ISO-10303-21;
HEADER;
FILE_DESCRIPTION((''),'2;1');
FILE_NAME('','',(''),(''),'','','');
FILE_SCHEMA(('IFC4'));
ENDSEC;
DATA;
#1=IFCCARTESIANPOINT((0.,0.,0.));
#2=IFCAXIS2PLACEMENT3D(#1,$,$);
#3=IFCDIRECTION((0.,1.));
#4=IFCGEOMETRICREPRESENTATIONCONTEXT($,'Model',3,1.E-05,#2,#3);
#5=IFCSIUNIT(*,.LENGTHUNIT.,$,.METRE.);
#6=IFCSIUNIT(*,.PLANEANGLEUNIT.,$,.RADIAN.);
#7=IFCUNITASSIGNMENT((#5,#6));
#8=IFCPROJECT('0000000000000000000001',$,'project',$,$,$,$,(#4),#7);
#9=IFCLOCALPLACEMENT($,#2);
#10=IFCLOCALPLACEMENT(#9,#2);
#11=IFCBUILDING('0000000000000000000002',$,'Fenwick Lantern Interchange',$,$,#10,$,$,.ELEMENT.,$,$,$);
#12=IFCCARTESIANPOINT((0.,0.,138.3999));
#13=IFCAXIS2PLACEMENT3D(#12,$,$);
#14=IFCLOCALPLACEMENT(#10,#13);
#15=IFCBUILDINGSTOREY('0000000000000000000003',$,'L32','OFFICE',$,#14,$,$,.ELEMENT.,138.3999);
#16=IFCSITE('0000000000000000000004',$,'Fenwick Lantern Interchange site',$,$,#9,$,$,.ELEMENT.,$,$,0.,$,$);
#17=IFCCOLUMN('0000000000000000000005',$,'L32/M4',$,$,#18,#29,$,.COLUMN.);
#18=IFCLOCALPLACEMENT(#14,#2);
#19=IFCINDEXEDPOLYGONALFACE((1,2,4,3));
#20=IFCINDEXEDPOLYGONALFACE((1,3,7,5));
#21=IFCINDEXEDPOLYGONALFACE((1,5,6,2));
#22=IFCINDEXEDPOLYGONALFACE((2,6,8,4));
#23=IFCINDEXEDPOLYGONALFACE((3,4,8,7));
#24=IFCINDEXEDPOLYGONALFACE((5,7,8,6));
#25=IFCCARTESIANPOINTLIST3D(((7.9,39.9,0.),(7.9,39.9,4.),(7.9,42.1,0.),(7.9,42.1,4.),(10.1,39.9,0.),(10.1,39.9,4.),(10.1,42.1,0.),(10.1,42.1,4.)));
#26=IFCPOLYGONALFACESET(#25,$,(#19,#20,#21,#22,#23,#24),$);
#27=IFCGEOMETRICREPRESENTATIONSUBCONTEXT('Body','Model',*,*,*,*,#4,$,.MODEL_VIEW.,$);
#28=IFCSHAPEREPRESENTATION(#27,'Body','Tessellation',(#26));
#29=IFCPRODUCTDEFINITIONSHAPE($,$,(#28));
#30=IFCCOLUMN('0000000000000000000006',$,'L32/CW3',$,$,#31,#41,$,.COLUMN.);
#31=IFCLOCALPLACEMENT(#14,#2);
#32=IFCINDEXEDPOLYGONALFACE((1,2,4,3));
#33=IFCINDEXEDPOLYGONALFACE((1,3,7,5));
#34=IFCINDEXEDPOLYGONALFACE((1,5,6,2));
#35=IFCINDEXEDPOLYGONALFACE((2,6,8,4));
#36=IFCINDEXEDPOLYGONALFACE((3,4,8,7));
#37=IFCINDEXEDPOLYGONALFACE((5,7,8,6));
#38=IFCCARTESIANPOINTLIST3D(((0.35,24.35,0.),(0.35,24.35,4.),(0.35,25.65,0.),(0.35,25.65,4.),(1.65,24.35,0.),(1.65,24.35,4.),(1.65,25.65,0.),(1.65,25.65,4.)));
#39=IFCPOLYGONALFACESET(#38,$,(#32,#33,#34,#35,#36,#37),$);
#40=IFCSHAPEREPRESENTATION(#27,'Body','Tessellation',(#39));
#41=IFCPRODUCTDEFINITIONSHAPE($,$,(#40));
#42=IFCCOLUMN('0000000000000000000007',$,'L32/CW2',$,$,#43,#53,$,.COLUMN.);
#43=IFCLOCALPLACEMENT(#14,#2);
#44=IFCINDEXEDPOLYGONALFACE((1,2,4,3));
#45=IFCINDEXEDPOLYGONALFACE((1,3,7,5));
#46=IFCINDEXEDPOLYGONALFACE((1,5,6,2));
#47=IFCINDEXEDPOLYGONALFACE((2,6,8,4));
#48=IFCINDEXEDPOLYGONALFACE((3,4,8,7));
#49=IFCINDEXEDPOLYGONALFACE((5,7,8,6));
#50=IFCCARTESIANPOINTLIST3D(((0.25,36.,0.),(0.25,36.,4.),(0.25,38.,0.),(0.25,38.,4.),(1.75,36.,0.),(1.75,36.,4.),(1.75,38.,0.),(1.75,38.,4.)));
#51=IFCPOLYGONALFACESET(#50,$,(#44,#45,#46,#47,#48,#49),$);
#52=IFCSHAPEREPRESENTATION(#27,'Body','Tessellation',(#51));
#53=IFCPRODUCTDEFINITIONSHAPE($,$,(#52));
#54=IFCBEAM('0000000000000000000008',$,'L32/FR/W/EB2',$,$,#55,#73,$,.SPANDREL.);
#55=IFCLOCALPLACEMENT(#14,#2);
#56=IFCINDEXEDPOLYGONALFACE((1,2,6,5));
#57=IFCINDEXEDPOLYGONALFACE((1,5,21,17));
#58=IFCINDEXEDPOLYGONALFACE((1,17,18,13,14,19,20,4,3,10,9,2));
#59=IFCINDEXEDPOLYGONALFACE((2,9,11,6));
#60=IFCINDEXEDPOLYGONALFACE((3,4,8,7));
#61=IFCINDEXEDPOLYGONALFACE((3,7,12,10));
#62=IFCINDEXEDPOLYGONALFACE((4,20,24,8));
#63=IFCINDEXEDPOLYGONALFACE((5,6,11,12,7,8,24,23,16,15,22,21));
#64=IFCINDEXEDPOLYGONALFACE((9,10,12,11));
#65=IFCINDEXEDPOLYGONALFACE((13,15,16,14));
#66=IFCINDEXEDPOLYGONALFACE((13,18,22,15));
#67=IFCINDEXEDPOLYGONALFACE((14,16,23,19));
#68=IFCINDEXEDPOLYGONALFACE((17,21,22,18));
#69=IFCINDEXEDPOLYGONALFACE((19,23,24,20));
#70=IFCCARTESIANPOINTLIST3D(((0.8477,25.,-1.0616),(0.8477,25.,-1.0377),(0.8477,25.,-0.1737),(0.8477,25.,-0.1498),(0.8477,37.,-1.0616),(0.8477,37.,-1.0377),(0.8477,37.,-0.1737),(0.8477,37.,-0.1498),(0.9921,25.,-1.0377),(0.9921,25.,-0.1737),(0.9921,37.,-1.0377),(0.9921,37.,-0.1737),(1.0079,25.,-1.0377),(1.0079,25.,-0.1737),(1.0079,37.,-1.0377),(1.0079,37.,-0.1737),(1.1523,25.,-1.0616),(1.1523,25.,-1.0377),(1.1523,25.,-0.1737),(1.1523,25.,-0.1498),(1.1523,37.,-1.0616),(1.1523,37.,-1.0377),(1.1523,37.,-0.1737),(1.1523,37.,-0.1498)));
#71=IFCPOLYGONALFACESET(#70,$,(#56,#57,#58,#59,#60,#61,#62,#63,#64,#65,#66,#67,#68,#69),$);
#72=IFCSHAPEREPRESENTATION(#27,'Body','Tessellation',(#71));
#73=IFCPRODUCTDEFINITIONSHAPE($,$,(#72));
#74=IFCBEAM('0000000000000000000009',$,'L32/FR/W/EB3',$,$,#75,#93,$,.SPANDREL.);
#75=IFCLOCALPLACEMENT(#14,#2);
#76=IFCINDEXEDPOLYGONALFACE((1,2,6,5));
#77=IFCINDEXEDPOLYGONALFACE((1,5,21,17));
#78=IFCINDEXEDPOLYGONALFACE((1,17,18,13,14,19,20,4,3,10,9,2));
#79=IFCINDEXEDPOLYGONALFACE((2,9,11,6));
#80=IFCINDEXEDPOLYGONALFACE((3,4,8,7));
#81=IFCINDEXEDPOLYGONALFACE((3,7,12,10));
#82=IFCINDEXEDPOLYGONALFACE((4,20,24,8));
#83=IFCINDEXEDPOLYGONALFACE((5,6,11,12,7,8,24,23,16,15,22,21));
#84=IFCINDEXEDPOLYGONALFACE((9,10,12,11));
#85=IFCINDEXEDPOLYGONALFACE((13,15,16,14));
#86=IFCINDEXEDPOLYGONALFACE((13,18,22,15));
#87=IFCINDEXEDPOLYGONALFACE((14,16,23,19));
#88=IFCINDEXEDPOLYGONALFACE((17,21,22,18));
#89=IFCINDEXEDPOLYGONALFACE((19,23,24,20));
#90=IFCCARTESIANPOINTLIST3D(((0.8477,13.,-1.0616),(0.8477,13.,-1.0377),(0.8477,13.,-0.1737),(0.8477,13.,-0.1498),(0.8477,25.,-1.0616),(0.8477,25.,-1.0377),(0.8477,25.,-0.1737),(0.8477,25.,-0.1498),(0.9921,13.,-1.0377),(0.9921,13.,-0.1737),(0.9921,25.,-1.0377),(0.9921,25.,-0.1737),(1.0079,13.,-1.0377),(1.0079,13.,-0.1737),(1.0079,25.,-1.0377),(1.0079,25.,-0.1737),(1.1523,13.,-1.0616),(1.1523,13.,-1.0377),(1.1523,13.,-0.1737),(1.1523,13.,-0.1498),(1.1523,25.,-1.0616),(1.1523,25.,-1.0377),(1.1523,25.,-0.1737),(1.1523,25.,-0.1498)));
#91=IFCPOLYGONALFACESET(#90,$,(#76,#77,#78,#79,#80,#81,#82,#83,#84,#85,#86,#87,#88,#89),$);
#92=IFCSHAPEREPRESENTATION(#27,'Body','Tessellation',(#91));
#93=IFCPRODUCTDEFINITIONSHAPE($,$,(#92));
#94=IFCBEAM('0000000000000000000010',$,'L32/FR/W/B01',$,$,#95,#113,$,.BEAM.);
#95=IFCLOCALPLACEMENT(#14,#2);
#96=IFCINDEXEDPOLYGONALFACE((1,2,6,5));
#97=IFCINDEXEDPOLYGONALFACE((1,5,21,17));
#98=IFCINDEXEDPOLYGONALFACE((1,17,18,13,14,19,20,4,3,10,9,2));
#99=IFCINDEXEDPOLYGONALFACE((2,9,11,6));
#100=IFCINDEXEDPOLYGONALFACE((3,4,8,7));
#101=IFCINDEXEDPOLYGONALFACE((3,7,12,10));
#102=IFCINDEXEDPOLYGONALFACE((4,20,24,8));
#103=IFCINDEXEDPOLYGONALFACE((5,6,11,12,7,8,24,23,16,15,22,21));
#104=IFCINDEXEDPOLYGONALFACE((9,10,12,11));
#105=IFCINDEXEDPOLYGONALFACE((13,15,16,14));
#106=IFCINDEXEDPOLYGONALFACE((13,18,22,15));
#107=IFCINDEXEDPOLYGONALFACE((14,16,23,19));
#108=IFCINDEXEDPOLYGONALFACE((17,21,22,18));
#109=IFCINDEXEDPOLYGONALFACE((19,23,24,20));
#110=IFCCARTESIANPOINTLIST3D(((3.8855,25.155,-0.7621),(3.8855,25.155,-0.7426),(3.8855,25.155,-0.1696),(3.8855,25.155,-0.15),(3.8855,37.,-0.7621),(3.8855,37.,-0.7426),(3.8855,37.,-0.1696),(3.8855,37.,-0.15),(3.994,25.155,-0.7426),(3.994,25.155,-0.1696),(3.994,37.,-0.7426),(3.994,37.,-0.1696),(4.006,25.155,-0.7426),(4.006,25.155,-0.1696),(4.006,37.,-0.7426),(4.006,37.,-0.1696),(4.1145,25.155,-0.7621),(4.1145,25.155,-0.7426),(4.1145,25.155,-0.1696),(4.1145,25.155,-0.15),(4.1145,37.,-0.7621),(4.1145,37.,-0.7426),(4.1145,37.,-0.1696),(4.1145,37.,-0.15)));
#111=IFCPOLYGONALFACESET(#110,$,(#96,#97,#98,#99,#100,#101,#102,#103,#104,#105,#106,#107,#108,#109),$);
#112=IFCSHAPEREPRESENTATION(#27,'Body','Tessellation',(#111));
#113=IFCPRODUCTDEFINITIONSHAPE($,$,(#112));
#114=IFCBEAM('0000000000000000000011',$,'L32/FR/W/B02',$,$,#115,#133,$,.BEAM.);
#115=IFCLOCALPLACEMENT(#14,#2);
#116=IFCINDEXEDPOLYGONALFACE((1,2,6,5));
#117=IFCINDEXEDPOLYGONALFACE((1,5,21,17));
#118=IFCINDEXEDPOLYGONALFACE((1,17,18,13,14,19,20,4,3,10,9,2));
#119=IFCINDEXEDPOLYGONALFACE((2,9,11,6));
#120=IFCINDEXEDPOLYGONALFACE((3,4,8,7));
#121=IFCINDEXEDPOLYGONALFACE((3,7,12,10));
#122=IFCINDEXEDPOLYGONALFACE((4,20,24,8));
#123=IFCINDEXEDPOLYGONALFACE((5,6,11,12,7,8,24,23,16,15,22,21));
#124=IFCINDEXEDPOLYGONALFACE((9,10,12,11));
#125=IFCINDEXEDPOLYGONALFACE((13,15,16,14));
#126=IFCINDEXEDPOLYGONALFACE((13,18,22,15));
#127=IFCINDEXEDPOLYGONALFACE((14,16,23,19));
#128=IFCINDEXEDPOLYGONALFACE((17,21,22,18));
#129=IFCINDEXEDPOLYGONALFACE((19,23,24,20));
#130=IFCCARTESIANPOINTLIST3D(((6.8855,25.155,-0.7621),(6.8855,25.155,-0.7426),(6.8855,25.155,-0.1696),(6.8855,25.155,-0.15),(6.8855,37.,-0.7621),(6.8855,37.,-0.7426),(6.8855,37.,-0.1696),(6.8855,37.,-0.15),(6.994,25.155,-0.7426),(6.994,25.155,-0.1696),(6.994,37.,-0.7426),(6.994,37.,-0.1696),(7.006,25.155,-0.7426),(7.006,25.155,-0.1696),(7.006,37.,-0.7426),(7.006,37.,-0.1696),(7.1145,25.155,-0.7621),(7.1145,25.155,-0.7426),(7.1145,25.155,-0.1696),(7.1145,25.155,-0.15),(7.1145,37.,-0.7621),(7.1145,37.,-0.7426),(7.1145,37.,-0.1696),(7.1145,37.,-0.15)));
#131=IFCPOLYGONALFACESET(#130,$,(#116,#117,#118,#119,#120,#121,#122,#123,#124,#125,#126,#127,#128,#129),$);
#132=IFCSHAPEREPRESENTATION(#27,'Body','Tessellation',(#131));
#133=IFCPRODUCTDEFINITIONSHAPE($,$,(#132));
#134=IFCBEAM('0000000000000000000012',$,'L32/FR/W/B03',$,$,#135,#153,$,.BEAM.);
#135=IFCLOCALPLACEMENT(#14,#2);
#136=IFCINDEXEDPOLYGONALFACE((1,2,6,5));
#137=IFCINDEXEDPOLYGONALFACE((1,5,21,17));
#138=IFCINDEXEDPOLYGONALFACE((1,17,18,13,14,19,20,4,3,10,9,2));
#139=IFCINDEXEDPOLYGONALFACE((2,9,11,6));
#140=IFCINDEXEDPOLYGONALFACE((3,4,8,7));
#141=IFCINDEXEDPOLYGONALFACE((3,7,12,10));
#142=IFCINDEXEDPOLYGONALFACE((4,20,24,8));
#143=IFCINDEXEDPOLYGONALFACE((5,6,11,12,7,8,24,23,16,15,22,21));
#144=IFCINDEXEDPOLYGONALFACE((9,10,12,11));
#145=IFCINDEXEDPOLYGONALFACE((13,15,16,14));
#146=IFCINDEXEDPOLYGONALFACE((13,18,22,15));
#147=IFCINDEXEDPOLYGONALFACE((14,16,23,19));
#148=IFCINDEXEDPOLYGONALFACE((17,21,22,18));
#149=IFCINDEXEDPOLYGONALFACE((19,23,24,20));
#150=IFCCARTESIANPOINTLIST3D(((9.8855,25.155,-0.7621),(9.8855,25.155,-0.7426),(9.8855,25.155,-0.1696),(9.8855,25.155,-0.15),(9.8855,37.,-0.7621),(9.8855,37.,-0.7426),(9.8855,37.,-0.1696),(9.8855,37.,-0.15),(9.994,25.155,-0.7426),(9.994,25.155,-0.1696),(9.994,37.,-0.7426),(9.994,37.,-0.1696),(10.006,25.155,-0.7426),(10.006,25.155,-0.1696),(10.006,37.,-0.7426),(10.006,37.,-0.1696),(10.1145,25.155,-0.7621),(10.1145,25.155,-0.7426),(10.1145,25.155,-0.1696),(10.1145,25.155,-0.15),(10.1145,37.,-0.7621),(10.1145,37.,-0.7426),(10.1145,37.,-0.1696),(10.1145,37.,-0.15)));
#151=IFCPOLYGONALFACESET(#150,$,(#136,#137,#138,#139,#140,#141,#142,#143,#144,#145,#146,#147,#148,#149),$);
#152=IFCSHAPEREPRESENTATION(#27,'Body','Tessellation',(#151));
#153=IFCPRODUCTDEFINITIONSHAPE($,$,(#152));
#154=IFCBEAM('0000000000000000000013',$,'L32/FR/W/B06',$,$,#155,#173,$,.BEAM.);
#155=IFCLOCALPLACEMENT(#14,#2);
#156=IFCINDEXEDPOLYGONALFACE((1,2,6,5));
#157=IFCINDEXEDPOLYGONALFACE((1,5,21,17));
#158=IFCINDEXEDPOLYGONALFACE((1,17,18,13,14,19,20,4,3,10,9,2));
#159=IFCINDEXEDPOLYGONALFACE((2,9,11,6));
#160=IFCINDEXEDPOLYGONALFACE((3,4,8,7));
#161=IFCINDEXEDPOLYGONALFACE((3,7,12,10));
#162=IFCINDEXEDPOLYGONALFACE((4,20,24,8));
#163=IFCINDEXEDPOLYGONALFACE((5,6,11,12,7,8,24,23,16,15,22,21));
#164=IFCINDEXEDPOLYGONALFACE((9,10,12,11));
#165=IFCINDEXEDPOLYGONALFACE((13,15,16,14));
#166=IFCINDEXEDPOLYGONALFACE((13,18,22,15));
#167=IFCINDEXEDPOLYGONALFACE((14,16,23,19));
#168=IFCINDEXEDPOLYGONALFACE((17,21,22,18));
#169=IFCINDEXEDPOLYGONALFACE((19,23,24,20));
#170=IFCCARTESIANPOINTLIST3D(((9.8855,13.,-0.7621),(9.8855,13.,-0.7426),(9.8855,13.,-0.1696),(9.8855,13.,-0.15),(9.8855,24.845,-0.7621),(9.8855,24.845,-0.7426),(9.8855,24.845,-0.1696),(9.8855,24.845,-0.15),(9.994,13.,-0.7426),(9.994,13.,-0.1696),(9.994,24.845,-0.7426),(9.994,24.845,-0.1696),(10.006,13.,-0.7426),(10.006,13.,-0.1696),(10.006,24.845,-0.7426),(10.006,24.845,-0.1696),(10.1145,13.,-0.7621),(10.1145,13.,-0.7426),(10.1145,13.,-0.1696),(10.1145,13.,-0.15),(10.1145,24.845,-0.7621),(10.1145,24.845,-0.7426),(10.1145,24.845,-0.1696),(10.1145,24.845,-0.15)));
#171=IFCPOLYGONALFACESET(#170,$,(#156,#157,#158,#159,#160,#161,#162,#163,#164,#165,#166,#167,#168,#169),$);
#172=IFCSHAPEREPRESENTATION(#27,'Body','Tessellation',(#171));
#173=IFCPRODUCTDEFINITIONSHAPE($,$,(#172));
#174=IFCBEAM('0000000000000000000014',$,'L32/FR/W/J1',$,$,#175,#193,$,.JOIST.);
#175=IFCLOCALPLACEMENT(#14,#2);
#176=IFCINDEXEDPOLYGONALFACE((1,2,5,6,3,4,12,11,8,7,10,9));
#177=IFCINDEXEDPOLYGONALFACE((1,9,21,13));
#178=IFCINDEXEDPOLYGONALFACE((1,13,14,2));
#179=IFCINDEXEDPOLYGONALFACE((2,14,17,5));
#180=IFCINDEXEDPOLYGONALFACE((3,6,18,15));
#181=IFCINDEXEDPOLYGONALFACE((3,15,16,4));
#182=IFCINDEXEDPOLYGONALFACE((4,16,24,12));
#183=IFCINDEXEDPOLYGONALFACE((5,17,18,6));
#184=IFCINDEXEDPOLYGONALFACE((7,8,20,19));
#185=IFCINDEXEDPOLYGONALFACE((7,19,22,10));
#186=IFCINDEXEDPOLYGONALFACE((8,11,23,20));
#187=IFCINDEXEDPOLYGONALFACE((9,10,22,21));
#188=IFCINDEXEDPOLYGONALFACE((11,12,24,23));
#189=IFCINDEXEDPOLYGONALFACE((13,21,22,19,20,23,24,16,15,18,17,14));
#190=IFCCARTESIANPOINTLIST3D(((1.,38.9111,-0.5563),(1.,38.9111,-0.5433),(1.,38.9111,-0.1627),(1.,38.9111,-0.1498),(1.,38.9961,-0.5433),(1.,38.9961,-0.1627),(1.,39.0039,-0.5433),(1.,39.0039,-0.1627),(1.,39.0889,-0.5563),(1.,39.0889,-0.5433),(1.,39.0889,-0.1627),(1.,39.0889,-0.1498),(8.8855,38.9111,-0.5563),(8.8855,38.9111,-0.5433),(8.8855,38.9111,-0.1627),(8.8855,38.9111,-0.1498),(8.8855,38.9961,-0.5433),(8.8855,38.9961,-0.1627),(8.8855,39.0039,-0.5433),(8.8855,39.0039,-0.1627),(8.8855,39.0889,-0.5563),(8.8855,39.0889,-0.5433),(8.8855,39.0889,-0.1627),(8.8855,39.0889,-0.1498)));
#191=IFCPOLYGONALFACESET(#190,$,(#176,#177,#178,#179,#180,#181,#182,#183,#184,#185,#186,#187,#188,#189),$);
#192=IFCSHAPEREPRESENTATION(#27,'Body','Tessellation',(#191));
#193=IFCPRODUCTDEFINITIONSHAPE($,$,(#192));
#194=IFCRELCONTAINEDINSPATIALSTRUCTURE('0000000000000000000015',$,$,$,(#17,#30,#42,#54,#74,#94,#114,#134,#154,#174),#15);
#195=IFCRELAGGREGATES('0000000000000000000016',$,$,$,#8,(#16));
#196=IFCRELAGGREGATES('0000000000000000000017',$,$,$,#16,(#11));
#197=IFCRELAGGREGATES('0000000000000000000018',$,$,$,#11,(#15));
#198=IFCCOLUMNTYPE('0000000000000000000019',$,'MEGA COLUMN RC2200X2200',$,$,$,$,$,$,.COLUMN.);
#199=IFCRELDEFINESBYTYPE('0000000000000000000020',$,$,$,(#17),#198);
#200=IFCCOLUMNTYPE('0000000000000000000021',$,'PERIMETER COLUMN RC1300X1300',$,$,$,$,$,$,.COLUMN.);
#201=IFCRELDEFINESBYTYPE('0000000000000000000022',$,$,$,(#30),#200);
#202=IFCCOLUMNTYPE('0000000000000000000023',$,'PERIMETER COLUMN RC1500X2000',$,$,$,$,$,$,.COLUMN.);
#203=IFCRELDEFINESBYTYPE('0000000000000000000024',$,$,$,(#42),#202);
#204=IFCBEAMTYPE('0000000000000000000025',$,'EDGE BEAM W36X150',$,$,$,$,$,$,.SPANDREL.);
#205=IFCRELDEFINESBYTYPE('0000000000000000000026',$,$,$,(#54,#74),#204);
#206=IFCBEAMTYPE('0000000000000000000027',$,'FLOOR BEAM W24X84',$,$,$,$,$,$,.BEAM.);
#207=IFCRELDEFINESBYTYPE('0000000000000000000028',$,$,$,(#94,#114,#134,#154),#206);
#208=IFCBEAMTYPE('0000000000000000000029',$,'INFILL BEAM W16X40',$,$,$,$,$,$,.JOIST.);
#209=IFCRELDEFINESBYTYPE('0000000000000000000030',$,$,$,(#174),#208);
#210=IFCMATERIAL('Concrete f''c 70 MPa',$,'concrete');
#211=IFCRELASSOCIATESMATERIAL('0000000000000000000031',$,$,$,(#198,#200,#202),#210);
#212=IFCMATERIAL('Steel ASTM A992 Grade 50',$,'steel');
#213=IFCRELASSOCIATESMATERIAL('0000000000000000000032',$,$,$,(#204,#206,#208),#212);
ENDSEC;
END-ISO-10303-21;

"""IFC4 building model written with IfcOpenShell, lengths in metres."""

from ifc_helpers import new_model, si_unit, direction, frame, origin, origin_2d, place, context, subcontext, project, spatial, rectangle, i_section, extrude, material, material_profile, profile_set, type_object, element, save


model = new_model("IFC4")

# Units and contexts
model_context = context("Model", 3, precision=1e-05, world=origin(), true_north=direction((0.0, 1.0)))
body_context = subcontext(model_context, "Body", "Model", "MODEL_VIEW")
ifc_project = project(units=[si_unit("LENGTHUNIT", "METRE"), si_unit("PLANEANGLEUNIT", "RADIAN")], contexts=[model_context])

# Site, building, storey
site_placement = place(None, origin())
site = spatial("IfcSite", under=ifc_project, at=site_placement, Name="Fenwick Lantern Interchange site", CompositionType="ELEMENT", RefElevation=0.0)
building_placement = place(site_placement, origin())
building = spatial("IfcBuilding", under=site, at=building_placement, Name="Fenwick Lantern Interchange", CompositionType="ELEMENT")
storey_placement = place(building_placement, frame((0.0, 0.0, 138.3999)))
storey = spatial("IfcBuildingStorey", under=building, at=storey_placement, Name="L32", Description="OFFICE", CompositionType="ELEMENT", Elevation=138.3999)

# Columns
ifc_material_1 = material(Name="Concrete f'c 70 MPa", Category="concrete")
ifc_material_profile_1 = material_profile(ifc_material_1, rectangle(XDim=2.2, YDim=2.2, at=origin_2d()), Name="RC2200X2200")
ifc_profile_set_1 = profile_set([ifc_material_profile_1], Name="Concrete f'c 70 MPa")
column_type_1 = type_object("IfcColumnType", Name="MEGA COLUMN RC2200X2200", PredefinedType="COLUMN", material=ifc_profile_set_1)
column_1_placement = place(storey_placement, frame((9.0, 41.0, 0.0), z_axis=(0.0, 0.0, 1.0), x_axis=(1.0, 0.0, 0.0)))
element("IfcColumn", 1, at=column_1_placement, inside=storey, type_object=column_type_1, Name="L32/M4", PredefinedType="COLUMN", context=body_context, shape_type="SweptSolid", body=[
    extrude(rectangle(XDim=2.2, YDim=2.2, at=origin_2d()), origin(), (0.0, 0.0, 1.0), 4.0),
])
ifc_material_profile_2 = material_profile(ifc_material_1, rectangle(XDim=1.3, YDim=1.3, at=origin_2d()), Name="RC1300X1300")
ifc_profile_set_2 = profile_set([ifc_material_profile_2], Name="Concrete f'c 70 MPa")
column_type_2 = type_object("IfcColumnType", Name="PERIMETER COLUMN RC1300X1300", PredefinedType="COLUMN", material=ifc_profile_set_2)
column_2_placement = place(storey_placement, frame((1.0, 25.0, 0.0), z_axis=(0.0, 0.0, 1.0), x_axis=(1.0, 0.0, 0.0)))
element("IfcColumn", 2, at=column_2_placement, inside=storey, type_object=column_type_2, Name="L32/CW3", PredefinedType="COLUMN", context=body_context, shape_type="SweptSolid", body=[
    extrude(rectangle(XDim=1.3, YDim=1.3, at=origin_2d()), origin(), (0.0, 0.0, 1.0), 4.0),
])
ifc_material_profile_3 = material_profile(ifc_material_1, rectangle(XDim=1.5, YDim=2.0, at=origin_2d()), Name="RC1500X2000")
ifc_profile_set_3 = profile_set([ifc_material_profile_3], Name="Concrete f'c 70 MPa")
column_type_3 = type_object("IfcColumnType", Name="PERIMETER COLUMN RC1500X2000", PredefinedType="COLUMN", material=ifc_profile_set_3)
column_3_placement = place(storey_placement, frame((1.0, 37.0, 0.0), z_axis=(0.0, 0.0, 1.0), x_axis=(1.0, 0.0, 0.0)))
element("IfcColumn", 3, at=column_3_placement, inside=storey, type_object=column_type_3, Name="L32/CW2", PredefinedType="COLUMN", context=body_context, shape_type="SweptSolid", body=[
    extrude(rectangle(XDim=1.5, YDim=2.0, at=origin_2d()), origin(), (0.0, 0.0, 1.0), 4.0),
])

# Beams
ifc_material_2 = material(Name="Steel ASTM A992 Grade 50", Category="steel")
ifc_material_profile_4 = material_profile(ifc_material_2, i_section(OverallWidth=0.3047, OverallDepth=0.9119, WebThickness=0.0159, FlangeThickness=0.0239, at=origin_2d()), Name="W36X150")
ifc_profile_set_4 = profile_set([ifc_material_profile_4], Name="Steel ASTM A992 Grade 50")
beam_type_1 = type_object("IfcBeamType", Name="EDGE BEAM W36X150", PredefinedType="SPANDREL", material=ifc_profile_set_4)
for number, where, z_axis, x_axis, name in (
    (4, (1.0, 37.0, -0.6057), (0.0, -1.0, 0.0), (1.0, 0.0, 0.0), "L32/FR/W/EB2"),
    (5, (1.0, 25.0, -0.6057), (0.0, -1.0, 0.0), (1.0, 0.0, 0.0), "L32/FR/W/EB3"),
):
    element("IfcBeam", number, at=place(storey_placement, frame(where, z_axis=z_axis, x_axis=x_axis)), inside=storey, type_object=beam_type_1, Name=name, PredefinedType="SPANDREL", context=body_context, shape_type="SweptSolid", body=[
        extrude(i_section(OverallWidth=0.3047, OverallDepth=0.9119, WebThickness=0.0159, FlangeThickness=0.0239, at=origin_2d()), origin(), (0.0, 0.0, 1.0), 12.0),
    ])
ifc_material_profile_5 = material_profile(ifc_material_2, i_section(OverallWidth=0.229, OverallDepth=0.6121, WebThickness=0.012, FlangeThickness=0.0195, at=origin_2d()), Name="W24X84")
ifc_profile_set_5 = profile_set([ifc_material_profile_5], Name="Steel ASTM A992 Grade 50")
beam_type_2 = type_object("IfcBeamType", Name="FLOOR BEAM W24X84", PredefinedType="BEAM", material=ifc_profile_set_5)
for number, where, z_axis, x_axis, name in (
    (6, (4.0, 37.0, -0.4561), (0.0, -1.0, 0.0), (1.0, 0.0, 0.0), "L32/FR/W/B01"),
    (7, (7.0, 37.0, -0.4561), (0.0, -1.0, 0.0), (1.0, 0.0, 0.0), "L32/FR/W/B02"),
    (8, (10.0, 37.0, -0.4561), (0.0, -1.0, 0.0), (1.0, 0.0, 0.0), "L32/FR/W/B03"),
    (9, (10.0, 24.845, -0.4561), (0.0, -1.0, 0.0), (1.0, 0.0, 0.0), "L32/FR/W/B06"),
):
    element("IfcBeam", number, at=place(storey_placement, frame(where, z_axis=z_axis, x_axis=x_axis)), inside=storey, type_object=beam_type_2, Name=name, PredefinedType="BEAM", context=body_context, shape_type="SweptSolid", body=[
        extrude(i_section(OverallWidth=0.229, OverallDepth=0.6121, WebThickness=0.012, FlangeThickness=0.0195, at=origin_2d()), origin(), (0.0, 0.0, 1.0), 11.845),
    ])
ifc_material_profile_6 = material_profile(ifc_material_2, i_section(OverallWidth=0.1777, OverallDepth=0.4065, WebThickness=0.0078, FlangeThickness=0.0129, at=origin_2d()), Name="W16X40")
ifc_profile_set_6 = profile_set([ifc_material_profile_6], Name="Steel ASTM A992 Grade 50")
beam_type_3 = type_object("IfcBeamType", Name="INFILL BEAM W16X40", PredefinedType="JOIST", material=ifc_profile_set_6)
beam_1_placement = place(storey_placement, frame((1.0, 39.0, -0.353), z_axis=(1.0, 0.0, 0.0), x_axis=(0.0, 1.0, 0.0)))
element("IfcBeam", 10, at=beam_1_placement, inside=storey, type_object=beam_type_3, Name="L32/FR/W/J1", PredefinedType="JOIST", context=body_context, shape_type="SweptSolid", body=[
    extrude(i_section(OverallWidth=0.1777, OverallDepth=0.4065, WebThickness=0.0078, FlangeThickness=0.0129, at=origin_2d()), origin(), (0.0, 0.0, 1.0), 7.8855),
])

save(model, "model.ifc")
